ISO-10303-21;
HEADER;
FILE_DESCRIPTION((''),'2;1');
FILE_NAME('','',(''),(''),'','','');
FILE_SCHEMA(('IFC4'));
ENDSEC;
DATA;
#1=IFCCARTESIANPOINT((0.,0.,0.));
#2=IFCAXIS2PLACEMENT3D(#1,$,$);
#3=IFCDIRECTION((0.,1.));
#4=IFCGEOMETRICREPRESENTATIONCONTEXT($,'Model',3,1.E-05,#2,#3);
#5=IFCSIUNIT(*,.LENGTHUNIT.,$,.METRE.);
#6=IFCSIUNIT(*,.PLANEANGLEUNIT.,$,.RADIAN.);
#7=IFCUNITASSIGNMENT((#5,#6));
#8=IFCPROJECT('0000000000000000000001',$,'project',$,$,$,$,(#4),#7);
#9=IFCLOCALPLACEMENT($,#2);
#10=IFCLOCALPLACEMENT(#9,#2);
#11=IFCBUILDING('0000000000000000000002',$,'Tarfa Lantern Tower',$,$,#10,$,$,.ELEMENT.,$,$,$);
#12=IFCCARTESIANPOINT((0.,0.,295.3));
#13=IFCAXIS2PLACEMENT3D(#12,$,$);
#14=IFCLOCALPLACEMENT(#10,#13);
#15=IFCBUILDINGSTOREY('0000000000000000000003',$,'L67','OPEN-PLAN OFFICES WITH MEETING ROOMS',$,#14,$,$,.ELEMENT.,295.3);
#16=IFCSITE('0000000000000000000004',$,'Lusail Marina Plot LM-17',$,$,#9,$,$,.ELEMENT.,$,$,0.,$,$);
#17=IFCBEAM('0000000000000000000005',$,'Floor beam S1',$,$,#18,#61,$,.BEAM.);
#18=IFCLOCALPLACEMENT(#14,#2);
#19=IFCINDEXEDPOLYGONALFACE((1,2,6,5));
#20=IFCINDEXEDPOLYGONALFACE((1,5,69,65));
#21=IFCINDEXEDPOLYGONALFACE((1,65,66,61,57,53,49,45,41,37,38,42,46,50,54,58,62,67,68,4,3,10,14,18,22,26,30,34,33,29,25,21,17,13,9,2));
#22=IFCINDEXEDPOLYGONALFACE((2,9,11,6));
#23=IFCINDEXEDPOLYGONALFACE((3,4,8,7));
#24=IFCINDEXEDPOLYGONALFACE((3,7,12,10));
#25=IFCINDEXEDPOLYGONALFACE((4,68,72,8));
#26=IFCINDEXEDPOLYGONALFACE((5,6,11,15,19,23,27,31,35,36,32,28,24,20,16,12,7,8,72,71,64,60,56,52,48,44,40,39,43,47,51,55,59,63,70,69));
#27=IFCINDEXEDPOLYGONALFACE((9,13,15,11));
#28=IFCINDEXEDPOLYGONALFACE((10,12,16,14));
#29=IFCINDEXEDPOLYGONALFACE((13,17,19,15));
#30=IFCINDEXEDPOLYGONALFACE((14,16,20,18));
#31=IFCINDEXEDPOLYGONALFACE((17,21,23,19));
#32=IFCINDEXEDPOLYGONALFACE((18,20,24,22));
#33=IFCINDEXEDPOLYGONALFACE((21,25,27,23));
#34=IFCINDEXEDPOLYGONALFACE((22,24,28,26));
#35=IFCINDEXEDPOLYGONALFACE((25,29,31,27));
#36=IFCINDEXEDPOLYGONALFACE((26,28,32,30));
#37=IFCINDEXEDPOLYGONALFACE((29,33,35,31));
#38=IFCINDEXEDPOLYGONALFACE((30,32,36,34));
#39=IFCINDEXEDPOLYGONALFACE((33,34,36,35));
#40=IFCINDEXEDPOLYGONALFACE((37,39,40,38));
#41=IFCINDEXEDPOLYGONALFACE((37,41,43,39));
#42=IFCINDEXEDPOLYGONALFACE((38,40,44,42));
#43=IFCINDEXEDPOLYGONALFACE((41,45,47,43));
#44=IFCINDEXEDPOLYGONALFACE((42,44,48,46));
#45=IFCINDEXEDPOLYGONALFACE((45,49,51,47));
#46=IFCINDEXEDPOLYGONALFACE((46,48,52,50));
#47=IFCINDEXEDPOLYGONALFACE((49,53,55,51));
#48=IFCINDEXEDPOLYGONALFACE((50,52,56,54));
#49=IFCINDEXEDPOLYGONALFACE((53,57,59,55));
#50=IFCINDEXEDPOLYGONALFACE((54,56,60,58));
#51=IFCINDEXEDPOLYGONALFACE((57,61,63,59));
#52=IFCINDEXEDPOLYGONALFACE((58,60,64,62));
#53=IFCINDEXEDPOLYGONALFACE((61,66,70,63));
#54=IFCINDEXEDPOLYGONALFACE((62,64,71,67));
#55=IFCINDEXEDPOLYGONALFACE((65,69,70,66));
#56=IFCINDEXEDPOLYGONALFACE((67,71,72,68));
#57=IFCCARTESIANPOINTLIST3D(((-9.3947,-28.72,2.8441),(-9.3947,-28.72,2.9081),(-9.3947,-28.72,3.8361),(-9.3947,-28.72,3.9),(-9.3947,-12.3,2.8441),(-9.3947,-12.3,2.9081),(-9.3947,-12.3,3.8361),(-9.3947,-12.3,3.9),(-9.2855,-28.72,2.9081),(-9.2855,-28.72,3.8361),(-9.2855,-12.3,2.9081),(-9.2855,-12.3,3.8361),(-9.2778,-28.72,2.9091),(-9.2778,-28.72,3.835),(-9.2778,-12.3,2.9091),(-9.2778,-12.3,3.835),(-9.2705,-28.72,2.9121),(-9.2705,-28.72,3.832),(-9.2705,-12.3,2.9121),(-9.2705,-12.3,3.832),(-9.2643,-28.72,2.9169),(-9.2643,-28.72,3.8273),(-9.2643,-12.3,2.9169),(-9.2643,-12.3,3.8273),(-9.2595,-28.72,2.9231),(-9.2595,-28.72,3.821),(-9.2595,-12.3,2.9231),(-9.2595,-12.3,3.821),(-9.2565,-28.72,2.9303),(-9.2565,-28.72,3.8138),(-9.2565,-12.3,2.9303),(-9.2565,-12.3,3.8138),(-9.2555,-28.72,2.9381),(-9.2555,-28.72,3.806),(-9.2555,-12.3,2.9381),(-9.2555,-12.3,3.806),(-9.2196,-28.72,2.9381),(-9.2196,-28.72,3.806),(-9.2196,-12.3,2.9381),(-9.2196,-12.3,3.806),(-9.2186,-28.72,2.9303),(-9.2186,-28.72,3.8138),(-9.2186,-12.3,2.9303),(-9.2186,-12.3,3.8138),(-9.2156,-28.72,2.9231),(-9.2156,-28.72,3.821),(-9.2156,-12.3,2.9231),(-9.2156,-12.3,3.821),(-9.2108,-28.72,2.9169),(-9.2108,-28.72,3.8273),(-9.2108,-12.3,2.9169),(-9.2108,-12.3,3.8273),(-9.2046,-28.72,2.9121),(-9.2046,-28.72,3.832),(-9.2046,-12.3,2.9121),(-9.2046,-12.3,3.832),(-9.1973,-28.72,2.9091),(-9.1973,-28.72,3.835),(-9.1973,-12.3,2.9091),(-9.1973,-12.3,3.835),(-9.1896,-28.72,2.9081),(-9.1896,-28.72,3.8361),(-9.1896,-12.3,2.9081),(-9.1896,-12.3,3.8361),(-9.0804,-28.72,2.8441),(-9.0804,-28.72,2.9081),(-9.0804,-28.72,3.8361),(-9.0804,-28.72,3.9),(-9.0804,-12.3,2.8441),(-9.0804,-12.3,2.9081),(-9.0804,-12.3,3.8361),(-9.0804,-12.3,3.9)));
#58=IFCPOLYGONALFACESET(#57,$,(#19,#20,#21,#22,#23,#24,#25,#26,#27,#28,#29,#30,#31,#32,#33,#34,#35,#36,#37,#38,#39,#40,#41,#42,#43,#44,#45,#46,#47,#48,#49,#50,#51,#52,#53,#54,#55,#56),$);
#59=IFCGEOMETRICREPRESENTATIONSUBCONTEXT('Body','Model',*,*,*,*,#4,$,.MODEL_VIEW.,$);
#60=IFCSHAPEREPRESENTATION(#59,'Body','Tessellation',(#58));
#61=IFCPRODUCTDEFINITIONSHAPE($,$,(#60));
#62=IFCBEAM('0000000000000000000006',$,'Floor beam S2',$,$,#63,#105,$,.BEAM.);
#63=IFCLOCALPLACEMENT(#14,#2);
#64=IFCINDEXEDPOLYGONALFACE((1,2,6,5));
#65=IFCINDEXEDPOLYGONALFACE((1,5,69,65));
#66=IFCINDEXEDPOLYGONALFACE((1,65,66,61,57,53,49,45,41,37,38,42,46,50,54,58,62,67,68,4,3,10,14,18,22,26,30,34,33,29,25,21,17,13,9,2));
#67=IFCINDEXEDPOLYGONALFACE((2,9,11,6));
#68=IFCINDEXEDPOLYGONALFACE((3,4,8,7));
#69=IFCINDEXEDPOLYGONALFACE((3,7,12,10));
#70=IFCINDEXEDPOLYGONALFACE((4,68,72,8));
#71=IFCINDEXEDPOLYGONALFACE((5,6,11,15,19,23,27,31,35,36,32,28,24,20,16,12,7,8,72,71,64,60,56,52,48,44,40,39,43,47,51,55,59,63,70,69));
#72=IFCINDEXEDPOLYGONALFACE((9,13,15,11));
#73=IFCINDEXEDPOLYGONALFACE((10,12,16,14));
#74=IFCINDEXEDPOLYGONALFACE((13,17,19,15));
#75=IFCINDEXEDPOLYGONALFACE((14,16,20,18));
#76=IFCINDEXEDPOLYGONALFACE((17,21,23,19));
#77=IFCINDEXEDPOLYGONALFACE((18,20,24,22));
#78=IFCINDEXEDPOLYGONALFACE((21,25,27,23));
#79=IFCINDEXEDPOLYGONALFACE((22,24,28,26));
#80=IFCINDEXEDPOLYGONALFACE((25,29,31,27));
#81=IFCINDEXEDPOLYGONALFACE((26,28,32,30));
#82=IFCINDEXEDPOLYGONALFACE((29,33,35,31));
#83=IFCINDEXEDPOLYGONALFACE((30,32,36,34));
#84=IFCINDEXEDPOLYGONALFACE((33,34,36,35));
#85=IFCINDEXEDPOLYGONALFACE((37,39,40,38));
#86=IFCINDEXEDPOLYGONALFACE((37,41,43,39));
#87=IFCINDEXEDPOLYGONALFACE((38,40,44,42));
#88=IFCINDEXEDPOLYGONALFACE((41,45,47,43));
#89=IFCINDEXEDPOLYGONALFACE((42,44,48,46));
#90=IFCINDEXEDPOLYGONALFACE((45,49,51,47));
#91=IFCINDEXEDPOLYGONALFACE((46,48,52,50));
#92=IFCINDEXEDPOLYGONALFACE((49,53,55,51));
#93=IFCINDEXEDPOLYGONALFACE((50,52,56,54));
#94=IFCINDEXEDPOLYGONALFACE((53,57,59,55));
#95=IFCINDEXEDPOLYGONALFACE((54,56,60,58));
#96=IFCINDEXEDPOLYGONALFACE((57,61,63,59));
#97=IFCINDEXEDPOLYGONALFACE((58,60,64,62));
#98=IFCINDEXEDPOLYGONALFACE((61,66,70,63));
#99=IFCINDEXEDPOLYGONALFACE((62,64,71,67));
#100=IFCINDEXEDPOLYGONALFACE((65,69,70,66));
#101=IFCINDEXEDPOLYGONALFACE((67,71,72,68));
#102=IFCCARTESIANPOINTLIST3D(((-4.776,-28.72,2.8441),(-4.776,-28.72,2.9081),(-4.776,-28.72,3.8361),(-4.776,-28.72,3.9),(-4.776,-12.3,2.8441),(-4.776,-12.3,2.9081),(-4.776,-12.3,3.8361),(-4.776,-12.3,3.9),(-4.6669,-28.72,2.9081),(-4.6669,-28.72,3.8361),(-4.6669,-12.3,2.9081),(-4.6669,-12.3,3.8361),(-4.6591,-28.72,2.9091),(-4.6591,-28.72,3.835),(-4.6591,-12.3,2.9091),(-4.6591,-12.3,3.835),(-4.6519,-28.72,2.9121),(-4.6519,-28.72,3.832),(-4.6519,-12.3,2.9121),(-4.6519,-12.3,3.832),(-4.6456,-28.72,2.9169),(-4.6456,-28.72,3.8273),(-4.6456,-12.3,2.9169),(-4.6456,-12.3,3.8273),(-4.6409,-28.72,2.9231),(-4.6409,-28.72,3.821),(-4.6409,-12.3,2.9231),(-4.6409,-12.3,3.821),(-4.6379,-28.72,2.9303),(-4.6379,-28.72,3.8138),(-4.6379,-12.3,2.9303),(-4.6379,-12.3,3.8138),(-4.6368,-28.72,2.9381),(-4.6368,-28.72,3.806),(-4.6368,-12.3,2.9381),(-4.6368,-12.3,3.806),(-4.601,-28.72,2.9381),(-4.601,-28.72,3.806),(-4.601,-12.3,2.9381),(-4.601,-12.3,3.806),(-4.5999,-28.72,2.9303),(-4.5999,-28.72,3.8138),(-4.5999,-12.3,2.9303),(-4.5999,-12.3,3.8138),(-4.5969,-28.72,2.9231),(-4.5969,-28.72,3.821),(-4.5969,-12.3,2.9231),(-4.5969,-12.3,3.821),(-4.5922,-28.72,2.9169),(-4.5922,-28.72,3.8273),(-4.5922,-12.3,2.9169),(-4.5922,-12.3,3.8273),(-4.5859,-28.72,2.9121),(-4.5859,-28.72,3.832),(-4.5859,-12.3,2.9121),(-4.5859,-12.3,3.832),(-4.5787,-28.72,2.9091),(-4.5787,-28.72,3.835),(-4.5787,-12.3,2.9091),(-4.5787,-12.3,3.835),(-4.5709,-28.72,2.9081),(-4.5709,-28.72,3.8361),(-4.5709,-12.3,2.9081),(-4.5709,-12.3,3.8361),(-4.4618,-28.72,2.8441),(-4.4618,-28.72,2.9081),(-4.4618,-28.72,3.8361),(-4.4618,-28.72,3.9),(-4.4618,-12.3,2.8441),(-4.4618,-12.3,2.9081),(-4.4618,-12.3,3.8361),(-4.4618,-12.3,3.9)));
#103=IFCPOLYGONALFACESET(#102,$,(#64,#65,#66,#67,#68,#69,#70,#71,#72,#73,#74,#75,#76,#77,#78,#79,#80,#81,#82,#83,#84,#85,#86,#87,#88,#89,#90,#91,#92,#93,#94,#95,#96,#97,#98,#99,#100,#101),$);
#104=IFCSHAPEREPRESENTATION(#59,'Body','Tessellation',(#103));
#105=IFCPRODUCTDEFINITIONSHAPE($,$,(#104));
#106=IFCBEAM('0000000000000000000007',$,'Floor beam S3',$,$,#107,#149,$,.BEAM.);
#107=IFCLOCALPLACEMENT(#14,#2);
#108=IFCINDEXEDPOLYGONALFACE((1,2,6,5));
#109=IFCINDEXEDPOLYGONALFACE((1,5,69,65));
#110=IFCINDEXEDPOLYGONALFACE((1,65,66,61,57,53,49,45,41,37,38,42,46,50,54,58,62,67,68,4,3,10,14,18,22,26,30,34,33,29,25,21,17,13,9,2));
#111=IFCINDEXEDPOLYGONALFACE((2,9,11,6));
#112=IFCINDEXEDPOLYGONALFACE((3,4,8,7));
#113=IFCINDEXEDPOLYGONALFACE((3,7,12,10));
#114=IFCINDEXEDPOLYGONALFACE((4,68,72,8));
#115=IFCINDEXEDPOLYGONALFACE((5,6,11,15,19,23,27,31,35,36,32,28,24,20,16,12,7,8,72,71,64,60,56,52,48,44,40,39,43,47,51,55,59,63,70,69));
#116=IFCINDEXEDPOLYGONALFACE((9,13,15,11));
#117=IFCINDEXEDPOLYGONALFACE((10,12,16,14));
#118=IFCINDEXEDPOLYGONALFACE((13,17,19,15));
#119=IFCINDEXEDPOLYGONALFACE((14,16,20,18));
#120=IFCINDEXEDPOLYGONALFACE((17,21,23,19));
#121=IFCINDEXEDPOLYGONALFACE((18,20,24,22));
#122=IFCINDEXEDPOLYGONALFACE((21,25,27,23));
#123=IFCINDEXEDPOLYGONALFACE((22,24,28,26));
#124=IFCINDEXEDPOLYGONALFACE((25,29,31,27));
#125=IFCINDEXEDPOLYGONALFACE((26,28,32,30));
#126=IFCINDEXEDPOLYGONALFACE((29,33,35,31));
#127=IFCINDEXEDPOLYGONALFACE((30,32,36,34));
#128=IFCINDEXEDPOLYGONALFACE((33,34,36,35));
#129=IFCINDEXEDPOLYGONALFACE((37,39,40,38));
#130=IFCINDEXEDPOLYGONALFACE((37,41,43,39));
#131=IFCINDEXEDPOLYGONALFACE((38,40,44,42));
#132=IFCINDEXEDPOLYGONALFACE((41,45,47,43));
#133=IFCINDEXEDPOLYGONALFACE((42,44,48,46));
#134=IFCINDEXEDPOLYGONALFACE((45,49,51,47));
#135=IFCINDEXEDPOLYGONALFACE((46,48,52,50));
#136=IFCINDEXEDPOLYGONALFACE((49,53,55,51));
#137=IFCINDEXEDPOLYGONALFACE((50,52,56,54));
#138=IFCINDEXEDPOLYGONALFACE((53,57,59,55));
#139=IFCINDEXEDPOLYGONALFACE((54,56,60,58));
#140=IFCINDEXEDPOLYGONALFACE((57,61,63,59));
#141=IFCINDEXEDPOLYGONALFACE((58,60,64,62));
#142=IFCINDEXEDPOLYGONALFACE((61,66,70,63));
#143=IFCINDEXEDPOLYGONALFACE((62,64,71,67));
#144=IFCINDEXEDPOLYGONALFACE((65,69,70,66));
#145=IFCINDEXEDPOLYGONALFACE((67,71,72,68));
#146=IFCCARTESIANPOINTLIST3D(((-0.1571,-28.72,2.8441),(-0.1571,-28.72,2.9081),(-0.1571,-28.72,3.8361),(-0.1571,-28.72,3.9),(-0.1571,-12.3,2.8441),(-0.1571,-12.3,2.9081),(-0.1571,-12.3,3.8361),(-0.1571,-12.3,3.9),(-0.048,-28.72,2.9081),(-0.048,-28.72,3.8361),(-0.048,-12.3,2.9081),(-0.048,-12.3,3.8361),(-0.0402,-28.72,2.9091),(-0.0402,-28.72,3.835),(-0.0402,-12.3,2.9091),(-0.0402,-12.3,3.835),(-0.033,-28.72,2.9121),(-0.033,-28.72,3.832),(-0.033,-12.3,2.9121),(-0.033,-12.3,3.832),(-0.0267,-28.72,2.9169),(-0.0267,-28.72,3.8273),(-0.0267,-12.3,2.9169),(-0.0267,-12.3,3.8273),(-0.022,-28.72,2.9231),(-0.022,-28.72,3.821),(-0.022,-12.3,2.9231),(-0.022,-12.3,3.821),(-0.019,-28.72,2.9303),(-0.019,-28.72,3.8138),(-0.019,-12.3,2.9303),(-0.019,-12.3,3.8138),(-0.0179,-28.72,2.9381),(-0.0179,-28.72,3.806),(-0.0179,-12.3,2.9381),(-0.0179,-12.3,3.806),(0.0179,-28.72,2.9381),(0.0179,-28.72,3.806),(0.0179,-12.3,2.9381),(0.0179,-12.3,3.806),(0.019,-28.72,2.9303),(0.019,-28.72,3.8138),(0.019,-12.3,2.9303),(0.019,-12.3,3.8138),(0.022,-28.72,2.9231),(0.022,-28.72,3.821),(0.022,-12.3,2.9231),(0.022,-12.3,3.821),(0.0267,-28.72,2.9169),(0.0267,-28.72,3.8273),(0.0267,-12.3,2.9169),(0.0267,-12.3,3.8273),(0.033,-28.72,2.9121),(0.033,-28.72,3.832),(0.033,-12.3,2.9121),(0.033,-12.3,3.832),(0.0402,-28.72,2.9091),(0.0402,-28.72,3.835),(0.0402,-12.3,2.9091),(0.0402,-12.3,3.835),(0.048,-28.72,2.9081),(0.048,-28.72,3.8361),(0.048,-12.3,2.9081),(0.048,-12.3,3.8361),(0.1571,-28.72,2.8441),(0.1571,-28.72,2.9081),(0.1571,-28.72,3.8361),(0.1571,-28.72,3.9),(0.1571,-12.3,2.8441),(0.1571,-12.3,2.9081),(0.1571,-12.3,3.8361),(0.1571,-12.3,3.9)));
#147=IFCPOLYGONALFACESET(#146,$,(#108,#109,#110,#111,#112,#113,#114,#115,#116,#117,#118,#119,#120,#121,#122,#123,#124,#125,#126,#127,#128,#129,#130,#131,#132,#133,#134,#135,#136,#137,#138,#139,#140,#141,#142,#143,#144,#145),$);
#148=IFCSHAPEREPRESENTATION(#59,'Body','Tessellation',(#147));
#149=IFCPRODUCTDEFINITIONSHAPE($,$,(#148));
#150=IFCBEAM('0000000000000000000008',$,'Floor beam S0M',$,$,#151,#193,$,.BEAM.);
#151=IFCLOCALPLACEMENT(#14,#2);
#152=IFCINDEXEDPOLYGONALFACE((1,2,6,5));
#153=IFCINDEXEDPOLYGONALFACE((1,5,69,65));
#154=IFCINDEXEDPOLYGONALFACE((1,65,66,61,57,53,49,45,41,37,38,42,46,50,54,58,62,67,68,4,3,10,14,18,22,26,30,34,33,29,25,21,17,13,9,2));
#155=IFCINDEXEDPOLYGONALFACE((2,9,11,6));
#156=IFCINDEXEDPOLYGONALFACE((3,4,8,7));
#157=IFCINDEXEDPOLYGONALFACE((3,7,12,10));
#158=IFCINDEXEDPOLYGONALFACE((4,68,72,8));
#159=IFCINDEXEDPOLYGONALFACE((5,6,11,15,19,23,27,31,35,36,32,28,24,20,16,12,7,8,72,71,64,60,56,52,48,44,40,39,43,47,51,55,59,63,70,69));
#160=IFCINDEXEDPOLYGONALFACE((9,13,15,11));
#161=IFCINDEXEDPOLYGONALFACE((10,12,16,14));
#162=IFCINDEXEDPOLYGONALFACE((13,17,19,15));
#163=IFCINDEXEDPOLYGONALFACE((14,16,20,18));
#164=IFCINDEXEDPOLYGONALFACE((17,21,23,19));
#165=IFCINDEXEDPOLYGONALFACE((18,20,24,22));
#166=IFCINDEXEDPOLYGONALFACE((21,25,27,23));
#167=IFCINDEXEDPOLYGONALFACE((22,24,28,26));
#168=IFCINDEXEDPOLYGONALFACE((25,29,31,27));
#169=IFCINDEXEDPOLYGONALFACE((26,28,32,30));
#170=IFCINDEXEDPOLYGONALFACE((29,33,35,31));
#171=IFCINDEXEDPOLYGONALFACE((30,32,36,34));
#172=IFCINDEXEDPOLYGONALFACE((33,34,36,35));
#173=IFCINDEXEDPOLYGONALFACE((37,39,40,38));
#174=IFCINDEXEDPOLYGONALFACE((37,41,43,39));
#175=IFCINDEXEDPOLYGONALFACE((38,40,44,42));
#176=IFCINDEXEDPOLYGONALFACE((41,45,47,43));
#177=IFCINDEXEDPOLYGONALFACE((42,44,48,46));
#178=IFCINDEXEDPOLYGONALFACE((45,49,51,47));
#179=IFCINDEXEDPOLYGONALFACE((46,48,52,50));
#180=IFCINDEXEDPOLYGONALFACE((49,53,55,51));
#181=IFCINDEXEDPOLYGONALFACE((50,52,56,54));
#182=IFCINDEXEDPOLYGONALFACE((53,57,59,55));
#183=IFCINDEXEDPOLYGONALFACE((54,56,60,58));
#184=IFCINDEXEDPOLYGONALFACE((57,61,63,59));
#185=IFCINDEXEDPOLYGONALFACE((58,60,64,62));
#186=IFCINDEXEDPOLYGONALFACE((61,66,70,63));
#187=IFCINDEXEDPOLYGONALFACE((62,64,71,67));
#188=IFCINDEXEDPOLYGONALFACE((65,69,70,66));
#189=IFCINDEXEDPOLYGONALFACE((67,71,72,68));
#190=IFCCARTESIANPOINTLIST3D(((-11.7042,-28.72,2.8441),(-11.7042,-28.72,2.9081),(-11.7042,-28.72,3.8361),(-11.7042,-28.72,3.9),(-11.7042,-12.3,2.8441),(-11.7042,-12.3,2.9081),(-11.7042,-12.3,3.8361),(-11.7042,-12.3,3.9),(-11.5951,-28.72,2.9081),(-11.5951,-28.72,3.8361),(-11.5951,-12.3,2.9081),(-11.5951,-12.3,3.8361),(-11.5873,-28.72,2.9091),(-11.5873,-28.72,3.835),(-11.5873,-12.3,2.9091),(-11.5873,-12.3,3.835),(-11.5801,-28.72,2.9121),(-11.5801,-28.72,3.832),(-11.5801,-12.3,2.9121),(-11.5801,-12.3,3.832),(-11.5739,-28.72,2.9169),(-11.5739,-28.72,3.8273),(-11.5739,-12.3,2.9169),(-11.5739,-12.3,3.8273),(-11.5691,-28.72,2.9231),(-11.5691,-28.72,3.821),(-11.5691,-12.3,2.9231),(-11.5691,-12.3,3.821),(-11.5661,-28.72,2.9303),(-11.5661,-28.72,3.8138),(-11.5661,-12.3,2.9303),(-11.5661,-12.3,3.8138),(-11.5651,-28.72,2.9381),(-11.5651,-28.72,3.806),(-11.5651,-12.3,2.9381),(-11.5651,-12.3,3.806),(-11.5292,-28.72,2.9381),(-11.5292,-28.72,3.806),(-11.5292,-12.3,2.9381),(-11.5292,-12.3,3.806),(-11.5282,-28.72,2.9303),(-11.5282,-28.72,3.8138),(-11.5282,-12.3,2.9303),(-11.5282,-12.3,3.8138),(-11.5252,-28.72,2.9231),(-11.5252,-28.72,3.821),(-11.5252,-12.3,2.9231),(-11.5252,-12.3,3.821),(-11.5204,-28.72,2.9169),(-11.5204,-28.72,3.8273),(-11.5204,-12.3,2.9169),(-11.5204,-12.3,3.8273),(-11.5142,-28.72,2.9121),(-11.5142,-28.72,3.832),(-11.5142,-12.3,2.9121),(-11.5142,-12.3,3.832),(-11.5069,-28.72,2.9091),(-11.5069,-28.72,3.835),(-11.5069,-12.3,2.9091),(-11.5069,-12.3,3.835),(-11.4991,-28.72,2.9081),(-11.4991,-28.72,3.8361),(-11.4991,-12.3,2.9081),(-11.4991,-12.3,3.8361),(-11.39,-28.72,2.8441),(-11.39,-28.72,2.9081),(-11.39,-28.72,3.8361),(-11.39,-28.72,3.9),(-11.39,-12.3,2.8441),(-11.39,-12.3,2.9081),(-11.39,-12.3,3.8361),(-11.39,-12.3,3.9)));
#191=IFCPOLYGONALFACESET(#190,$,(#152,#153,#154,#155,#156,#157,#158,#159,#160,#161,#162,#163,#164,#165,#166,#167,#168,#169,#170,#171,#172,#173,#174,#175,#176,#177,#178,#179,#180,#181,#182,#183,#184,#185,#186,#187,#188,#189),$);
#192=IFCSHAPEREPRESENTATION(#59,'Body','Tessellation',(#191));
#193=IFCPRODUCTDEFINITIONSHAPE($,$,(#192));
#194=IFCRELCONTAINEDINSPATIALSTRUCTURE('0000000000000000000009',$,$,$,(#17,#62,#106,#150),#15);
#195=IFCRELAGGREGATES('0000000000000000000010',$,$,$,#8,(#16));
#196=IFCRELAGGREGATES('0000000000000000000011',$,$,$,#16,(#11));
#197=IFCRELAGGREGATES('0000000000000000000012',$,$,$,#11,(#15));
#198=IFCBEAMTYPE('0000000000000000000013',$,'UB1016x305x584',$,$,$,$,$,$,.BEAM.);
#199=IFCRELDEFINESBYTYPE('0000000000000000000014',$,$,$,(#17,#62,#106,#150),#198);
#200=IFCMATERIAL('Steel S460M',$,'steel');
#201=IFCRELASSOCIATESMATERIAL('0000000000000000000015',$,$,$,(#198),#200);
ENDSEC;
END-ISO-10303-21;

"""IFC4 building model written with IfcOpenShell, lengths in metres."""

from ifc_helpers import new_model, si_unit, direction, frame, origin, origin_2d, place, context, subcontext, project, spatial, i_section, extrude, material, material_profile, profile_set, type_object, element, save


model = new_model("IFC4")

# Units and contexts
model_context = context("Model", 3, precision=1e-05, world=origin(), true_north=direction((0.0, 1.0)))
body_context = subcontext(model_context, "Body", "Model", "MODEL_VIEW")
ifc_project = project(units=[si_unit("LENGTHUNIT", "METRE"), si_unit("PLANEANGLEUNIT", "RADIAN")], contexts=[model_context])

# Site, building, storey
site_placement = place(None, origin())
site = spatial("IfcSite", under=ifc_project, at=site_placement, Name="Lusail Marina Plot LM-17", CompositionType="ELEMENT", RefElevation=0.0)
building_placement = place(site_placement, origin())
building = spatial("IfcBuilding", under=site, at=building_placement, Name="Tarfa Lantern Tower", CompositionType="ELEMENT")
storey_placement = place(building_placement, frame((0.0, 0.0, 295.3)))
storey = spatial("IfcBuildingStorey", under=building, at=storey_placement, Name="L67", Description="OPEN-PLAN OFFICES WITH MEETING ROOMS", CompositionType="ELEMENT", Elevation=295.3)

# Beams
ifc_material_1 = material(Name="Steel S460M", Category="steel")
ifc_material_profile_1 = material_profile(ifc_material_1, i_section(OverallWidth=0.3142, OverallDepth=1.0559, WebThickness=0.0359, FlangeThickness=0.064, FilletRadius=0.03, at=origin_2d()), Name="UB1016x305x584")
ifc_profile_set_1 = profile_set([ifc_material_profile_1], Name="Steel S460M")
beam_type_1 = type_object("IfcBeamType", Name="UB1016x305x584", PredefinedType="BEAM", material=ifc_profile_set_1)
for number, where, z_axis, x_axis, name in (
    (1, (-9.2375, -28.72, 3.3721), (0.0, 1.0, 0.0), (-1.0, 0.0, 0.0), "Floor beam S1"),
    (2, (-4.6189, -28.72, 3.3721), (0.0, 1.0, 0.0), (-1.0, 0.0, 0.0), "Floor beam S2"),
    (3, (0.0, -28.72, 3.3721), (0.0, 1.0, 0.0), (-1.0, 0.0, 0.0), "Floor beam S3"),
    (4, (-11.5471, -28.72, 3.3721), (0.0, 1.0, 0.0), (-1.0, 0.0, 0.0), "Floor beam S0M"),
):
    element("IfcBeam", number, at=place(storey_placement, frame(where, z_axis=z_axis, x_axis=x_axis)), inside=storey, type_object=beam_type_1, Name=name, PredefinedType="BEAM", context=body_context, shape_type="SweptSolid", body=[
        extrude(i_section(OverallWidth=0.3142, OverallDepth=1.0559, WebThickness=0.0359, FlangeThickness=0.064, FilletRadius=0.03, at=origin_2d()), origin(), (0.0, 0.0, 1.0), 16.4199),
    ])

save(model, "model.ifc")
